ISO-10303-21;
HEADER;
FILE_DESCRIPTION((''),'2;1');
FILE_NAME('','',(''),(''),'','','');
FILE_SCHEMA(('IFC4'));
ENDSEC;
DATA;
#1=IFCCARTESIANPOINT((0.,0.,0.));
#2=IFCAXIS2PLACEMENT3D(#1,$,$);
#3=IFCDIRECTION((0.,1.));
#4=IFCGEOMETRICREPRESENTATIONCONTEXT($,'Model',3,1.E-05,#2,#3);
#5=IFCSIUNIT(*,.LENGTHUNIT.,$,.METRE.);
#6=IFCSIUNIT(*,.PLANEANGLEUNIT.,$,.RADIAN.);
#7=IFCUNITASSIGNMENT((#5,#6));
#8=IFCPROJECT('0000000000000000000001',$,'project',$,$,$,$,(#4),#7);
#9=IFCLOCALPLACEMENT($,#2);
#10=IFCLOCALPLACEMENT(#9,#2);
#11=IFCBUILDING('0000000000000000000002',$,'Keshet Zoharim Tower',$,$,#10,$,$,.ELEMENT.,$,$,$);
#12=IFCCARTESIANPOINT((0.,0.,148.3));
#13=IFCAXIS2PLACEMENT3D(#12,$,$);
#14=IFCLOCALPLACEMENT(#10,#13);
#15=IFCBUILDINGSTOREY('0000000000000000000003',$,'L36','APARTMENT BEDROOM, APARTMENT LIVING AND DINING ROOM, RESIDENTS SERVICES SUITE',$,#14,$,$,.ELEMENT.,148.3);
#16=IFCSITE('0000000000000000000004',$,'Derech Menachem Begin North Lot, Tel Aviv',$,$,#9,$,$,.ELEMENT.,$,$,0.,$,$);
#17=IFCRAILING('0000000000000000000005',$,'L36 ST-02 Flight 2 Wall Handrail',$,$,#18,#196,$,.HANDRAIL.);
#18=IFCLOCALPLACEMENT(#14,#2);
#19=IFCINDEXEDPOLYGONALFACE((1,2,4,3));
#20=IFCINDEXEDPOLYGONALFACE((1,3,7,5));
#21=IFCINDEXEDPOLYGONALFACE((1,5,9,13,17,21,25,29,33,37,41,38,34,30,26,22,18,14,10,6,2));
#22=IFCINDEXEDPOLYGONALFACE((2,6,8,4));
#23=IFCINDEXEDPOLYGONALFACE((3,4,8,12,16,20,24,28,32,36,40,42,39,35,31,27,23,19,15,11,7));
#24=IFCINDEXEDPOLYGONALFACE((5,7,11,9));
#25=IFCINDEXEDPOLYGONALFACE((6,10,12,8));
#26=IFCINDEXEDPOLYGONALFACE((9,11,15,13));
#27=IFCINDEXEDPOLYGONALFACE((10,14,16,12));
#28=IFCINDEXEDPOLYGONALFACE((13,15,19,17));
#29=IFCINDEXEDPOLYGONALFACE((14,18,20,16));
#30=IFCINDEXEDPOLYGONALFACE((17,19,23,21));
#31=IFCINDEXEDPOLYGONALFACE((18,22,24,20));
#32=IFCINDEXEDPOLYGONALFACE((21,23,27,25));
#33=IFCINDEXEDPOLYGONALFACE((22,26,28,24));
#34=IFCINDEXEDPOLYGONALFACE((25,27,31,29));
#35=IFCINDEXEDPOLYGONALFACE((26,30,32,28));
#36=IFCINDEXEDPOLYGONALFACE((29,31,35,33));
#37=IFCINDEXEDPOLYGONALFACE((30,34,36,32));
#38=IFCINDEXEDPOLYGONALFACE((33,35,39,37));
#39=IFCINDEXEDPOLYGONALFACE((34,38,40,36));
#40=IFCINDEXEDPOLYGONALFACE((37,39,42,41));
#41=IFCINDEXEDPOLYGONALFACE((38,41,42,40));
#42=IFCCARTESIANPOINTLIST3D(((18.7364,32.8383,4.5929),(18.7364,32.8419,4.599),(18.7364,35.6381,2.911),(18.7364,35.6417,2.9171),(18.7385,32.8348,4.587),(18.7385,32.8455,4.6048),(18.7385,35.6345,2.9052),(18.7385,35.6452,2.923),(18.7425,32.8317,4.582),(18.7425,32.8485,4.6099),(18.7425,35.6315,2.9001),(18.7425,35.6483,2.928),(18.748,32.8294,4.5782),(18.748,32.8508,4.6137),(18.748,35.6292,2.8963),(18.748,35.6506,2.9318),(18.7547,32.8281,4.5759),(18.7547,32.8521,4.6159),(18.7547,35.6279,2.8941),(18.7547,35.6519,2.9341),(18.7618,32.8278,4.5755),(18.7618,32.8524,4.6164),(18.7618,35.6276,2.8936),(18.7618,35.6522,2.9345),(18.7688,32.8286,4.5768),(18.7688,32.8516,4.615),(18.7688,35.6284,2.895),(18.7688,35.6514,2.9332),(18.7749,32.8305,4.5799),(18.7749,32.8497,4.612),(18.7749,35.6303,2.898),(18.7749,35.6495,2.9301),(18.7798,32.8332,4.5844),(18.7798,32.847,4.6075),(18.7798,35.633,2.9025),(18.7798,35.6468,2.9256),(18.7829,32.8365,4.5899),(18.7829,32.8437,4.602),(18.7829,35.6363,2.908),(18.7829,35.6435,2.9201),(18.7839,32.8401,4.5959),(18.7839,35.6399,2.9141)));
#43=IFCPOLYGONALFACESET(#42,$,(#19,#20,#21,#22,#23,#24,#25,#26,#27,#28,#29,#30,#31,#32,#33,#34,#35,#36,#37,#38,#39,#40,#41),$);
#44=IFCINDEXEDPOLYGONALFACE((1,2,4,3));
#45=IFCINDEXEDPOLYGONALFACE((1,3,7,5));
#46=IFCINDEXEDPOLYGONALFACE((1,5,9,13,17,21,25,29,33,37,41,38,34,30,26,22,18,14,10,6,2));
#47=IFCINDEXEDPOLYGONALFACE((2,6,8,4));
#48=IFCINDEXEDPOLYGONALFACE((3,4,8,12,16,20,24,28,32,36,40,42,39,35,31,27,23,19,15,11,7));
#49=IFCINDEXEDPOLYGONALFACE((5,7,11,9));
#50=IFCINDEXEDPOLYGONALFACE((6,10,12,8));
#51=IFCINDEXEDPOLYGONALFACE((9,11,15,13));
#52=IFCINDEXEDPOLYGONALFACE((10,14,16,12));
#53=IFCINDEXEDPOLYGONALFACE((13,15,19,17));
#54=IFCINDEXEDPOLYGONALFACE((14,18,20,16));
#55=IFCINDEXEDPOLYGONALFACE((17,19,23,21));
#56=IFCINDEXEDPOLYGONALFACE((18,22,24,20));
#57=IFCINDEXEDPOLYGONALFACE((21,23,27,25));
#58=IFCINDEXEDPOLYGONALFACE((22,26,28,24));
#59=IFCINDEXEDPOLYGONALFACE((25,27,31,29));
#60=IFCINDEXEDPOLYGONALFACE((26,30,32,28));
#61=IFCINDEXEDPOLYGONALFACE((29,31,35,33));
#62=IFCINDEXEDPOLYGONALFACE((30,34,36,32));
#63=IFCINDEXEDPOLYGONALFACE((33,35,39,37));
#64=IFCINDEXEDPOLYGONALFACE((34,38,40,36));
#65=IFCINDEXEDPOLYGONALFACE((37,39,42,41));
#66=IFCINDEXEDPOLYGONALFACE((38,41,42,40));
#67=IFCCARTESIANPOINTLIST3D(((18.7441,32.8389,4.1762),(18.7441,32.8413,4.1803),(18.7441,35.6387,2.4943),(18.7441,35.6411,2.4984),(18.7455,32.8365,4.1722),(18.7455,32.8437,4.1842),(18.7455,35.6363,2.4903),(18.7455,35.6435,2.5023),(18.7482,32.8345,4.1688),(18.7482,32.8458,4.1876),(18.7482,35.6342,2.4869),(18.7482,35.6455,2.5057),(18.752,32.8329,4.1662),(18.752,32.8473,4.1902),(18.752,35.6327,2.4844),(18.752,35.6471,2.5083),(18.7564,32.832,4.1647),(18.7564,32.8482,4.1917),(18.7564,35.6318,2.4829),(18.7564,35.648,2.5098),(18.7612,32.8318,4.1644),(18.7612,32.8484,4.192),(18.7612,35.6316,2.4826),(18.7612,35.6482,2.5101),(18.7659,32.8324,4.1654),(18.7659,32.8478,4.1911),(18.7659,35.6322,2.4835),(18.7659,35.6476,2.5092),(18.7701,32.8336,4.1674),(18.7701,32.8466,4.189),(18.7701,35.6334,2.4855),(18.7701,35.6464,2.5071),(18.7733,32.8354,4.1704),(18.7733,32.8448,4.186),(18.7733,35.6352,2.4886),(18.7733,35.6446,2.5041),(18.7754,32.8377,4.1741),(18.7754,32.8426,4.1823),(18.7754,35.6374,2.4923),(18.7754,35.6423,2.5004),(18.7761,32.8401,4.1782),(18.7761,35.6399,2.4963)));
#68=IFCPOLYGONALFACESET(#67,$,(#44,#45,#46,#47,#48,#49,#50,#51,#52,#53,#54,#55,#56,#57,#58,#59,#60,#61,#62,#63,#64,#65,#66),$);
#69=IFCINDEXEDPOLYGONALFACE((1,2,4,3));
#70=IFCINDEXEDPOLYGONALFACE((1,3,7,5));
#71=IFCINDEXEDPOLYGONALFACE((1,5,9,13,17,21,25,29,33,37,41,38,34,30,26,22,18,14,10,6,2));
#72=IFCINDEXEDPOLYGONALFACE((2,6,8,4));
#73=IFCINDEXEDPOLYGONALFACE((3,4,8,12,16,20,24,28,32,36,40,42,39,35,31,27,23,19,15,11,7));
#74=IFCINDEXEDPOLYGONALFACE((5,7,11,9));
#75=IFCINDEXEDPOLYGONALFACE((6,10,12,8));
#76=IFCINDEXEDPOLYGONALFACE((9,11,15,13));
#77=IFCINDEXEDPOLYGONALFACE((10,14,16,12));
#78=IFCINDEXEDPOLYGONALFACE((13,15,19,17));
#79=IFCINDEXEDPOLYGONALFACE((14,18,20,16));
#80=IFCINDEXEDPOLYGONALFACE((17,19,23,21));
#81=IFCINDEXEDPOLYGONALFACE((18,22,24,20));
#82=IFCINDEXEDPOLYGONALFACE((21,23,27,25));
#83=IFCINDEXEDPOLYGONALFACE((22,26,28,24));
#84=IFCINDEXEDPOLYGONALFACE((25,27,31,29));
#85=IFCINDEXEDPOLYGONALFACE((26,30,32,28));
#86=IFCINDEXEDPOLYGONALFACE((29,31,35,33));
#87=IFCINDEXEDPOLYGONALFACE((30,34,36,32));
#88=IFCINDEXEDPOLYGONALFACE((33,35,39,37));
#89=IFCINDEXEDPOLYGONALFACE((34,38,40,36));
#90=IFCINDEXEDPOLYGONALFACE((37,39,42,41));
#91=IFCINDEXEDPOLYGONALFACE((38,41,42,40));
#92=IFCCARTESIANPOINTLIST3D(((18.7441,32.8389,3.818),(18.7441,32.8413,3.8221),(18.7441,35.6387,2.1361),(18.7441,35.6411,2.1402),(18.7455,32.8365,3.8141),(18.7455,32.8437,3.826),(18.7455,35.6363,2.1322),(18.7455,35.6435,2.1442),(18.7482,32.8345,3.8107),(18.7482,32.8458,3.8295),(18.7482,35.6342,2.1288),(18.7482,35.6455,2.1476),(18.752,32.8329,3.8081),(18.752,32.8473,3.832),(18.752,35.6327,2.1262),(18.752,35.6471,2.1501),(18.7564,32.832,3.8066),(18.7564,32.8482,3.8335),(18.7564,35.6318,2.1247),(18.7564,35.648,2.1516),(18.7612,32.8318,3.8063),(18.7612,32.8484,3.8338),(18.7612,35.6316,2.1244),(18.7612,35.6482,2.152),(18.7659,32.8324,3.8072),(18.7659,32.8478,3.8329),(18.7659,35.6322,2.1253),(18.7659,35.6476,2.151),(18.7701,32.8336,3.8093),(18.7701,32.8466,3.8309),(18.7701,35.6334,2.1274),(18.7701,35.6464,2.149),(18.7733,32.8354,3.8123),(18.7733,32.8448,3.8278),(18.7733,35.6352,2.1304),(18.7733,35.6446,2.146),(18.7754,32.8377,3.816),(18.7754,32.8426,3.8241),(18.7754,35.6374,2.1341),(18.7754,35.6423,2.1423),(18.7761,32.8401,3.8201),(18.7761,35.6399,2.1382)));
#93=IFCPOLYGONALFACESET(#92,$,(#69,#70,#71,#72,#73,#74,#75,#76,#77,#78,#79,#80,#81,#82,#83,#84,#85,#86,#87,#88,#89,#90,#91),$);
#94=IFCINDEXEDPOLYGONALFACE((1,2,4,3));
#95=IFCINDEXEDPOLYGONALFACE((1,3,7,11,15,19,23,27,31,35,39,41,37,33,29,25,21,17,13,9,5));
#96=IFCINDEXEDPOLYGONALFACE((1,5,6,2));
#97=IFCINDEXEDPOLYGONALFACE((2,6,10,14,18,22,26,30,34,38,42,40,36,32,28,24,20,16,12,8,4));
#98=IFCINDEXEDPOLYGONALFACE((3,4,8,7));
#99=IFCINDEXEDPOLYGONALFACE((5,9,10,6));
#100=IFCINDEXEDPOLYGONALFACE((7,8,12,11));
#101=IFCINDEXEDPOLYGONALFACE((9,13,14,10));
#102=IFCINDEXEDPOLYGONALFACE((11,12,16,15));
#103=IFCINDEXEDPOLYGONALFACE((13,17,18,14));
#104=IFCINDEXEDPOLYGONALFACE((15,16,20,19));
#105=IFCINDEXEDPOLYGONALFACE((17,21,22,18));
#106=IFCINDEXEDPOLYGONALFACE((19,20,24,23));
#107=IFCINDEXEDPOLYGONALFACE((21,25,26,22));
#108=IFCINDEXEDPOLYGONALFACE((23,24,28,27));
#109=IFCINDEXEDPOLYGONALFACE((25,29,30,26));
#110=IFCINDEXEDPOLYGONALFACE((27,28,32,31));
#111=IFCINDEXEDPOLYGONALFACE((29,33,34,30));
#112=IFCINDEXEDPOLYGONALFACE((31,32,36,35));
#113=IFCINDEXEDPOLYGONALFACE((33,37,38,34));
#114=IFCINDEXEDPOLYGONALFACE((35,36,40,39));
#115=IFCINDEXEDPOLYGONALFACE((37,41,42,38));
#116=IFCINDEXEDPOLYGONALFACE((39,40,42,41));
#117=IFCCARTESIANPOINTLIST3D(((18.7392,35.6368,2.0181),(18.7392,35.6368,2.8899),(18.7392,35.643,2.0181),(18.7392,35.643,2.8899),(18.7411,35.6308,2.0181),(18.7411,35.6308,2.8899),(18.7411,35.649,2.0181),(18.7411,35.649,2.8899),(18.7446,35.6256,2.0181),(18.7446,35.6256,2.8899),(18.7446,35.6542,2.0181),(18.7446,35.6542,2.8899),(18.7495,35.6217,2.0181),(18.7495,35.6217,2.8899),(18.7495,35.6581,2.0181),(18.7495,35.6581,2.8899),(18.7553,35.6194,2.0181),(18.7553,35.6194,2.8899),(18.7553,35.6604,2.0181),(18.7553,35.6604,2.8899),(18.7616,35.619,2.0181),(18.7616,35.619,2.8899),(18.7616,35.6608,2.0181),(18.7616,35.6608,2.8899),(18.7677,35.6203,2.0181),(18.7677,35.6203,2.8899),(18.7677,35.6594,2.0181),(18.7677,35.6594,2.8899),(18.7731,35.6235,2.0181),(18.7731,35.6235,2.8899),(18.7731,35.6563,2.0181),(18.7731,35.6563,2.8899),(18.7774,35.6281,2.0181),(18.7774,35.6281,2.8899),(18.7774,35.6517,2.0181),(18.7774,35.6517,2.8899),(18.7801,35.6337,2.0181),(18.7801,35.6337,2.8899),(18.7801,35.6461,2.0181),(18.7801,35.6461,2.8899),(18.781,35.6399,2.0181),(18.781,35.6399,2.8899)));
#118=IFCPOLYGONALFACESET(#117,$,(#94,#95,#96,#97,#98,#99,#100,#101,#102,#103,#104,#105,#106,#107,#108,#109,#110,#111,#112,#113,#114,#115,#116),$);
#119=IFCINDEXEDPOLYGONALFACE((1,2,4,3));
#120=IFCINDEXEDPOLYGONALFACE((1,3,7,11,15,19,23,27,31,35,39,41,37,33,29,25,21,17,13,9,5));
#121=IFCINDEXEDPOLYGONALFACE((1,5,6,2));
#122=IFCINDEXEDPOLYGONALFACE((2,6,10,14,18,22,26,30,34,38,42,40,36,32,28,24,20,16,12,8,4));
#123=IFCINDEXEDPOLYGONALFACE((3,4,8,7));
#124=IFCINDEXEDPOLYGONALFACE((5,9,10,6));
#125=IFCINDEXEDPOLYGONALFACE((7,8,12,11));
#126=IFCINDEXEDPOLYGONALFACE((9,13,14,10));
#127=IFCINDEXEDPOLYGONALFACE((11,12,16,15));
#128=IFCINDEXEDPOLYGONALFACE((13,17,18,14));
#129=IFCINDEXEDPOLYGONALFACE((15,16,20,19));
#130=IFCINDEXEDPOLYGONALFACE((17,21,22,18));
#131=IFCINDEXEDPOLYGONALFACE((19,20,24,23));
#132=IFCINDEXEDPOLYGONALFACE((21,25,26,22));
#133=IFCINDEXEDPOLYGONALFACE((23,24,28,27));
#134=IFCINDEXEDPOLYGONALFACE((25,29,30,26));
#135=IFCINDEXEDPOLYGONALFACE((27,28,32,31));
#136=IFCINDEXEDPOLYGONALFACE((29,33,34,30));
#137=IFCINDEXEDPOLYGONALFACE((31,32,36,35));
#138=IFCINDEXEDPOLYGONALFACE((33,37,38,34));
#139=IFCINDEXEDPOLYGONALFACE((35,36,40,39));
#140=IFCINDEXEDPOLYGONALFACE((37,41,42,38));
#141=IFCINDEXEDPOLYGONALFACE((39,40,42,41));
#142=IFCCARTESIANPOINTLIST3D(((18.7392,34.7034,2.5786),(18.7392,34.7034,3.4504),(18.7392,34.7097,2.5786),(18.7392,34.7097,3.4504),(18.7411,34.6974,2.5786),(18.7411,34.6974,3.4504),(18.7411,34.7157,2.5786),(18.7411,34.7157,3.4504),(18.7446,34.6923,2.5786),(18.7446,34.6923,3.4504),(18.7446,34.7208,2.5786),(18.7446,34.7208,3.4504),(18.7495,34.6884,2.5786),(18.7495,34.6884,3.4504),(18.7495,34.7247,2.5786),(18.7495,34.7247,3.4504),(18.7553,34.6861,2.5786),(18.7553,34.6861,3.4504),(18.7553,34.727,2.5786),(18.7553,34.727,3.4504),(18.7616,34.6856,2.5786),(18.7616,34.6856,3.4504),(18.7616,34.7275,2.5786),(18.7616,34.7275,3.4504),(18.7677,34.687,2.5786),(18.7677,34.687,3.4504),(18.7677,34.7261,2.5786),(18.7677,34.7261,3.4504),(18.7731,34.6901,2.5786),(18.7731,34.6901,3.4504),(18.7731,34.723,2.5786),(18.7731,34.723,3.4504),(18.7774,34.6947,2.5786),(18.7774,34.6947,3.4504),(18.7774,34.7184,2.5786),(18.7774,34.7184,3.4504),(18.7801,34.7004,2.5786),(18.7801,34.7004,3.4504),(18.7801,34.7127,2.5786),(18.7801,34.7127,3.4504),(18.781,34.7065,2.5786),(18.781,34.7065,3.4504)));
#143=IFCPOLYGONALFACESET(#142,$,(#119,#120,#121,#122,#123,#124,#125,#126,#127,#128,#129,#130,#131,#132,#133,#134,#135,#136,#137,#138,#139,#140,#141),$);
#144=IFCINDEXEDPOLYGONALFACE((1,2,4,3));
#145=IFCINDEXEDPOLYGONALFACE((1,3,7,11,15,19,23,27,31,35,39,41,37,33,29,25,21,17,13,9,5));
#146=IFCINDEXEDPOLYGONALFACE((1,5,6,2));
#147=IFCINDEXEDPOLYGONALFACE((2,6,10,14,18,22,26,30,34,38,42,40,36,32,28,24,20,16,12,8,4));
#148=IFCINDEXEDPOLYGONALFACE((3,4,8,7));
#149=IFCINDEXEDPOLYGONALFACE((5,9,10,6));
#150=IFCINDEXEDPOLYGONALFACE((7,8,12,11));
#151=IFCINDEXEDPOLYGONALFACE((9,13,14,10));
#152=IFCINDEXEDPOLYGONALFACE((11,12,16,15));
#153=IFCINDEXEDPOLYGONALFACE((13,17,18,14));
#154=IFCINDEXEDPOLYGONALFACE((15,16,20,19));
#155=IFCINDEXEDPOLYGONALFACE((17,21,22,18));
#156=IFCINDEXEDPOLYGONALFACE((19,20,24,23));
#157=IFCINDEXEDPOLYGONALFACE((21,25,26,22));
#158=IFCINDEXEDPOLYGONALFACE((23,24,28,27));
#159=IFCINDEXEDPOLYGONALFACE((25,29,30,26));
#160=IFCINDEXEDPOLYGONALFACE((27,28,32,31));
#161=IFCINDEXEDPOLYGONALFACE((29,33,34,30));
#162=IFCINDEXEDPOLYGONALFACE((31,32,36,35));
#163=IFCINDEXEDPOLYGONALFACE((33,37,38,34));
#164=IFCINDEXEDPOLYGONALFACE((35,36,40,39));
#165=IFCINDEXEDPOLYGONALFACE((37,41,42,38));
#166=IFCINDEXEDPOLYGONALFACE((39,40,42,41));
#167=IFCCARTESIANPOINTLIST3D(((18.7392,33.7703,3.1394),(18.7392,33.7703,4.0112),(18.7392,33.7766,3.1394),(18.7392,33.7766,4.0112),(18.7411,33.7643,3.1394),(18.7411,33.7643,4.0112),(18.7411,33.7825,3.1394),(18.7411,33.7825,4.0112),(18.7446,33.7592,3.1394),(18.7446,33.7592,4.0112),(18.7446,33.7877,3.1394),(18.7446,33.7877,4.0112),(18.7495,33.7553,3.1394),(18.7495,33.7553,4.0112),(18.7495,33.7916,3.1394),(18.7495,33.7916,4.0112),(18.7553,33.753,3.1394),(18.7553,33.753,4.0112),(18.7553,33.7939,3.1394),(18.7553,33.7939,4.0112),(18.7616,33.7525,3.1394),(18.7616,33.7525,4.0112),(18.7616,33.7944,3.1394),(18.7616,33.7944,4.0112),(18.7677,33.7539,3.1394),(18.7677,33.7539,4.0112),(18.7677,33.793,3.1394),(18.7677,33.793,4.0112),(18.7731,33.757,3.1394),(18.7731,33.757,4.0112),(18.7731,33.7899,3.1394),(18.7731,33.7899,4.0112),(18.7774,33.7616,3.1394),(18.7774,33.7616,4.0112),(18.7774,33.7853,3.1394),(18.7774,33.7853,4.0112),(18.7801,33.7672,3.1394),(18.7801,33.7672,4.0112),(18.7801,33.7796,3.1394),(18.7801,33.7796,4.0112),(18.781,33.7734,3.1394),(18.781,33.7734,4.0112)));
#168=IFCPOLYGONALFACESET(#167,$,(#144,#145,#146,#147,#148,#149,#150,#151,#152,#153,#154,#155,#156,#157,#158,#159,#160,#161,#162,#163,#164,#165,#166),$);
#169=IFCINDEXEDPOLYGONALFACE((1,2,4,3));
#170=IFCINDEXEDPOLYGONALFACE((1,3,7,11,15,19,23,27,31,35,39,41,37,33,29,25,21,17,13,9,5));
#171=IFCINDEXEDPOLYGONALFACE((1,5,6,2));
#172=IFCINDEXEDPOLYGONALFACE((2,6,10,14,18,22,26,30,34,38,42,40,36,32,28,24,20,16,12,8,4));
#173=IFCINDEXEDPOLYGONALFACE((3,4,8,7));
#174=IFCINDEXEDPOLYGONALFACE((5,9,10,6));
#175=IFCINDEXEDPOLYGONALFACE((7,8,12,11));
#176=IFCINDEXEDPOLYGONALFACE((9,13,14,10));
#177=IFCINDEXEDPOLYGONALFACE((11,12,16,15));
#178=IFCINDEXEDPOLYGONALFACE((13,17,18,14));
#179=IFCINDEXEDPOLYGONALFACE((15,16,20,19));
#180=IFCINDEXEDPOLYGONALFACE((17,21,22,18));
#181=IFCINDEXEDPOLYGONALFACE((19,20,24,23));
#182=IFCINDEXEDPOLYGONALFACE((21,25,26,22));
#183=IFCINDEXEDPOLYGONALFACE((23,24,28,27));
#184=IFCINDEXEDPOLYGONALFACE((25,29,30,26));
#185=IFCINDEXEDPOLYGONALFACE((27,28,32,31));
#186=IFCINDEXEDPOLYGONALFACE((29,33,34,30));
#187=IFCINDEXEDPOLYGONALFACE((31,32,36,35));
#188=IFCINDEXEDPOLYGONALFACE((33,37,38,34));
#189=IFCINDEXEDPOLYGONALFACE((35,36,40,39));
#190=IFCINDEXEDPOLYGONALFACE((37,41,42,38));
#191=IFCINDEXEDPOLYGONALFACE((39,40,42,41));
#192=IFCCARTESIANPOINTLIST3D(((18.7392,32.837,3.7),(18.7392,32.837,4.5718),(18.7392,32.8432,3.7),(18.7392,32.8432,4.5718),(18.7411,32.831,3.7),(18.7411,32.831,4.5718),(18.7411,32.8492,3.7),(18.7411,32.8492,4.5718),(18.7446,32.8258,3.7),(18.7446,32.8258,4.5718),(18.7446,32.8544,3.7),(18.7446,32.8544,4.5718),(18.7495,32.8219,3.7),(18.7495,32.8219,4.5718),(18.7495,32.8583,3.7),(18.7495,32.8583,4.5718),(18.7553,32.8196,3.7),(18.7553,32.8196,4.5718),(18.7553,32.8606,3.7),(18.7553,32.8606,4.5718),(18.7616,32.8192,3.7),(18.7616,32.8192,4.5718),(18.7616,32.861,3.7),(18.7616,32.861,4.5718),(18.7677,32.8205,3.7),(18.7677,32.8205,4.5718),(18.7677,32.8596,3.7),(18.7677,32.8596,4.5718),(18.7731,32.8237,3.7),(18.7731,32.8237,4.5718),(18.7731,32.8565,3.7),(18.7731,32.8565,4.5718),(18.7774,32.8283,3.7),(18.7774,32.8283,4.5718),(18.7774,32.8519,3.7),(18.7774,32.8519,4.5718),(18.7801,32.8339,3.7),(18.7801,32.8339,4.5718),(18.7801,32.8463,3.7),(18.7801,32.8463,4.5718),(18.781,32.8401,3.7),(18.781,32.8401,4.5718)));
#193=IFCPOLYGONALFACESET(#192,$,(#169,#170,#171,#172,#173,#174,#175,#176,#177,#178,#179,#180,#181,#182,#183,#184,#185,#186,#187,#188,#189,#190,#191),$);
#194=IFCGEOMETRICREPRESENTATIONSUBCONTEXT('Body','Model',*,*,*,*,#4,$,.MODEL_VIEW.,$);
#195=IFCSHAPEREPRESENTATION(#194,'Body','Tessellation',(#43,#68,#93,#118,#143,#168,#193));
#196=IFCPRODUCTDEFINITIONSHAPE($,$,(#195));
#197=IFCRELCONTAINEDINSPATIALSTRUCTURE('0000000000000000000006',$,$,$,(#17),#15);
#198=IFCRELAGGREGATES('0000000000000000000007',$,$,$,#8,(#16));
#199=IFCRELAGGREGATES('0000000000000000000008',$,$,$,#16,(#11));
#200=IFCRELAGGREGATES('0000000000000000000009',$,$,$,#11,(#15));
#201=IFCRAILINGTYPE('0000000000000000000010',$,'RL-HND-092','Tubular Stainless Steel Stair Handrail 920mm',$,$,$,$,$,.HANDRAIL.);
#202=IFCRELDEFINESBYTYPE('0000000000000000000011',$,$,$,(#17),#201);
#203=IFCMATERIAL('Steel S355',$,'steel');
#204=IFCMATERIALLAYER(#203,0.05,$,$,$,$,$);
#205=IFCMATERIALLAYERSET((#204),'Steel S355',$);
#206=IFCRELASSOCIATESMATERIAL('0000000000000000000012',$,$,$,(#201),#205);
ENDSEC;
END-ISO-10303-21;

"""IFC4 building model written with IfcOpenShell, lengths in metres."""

from ifc_helpers import new_model, si_unit, direction, frame, origin, origin_2d, place, context, subcontext, project, spatial, circle, extrude, material, layer, layer_set, type_object, element, save


model = new_model("IFC4")

# Units and contexts
model_context = context("Model", 3, precision=1e-05, world=origin(), true_north=direction((0.0, 1.0)))
body_context = subcontext(model_context, "Body", "Model", "MODEL_VIEW")
ifc_project = project(units=[si_unit("LENGTHUNIT", "METRE"), si_unit("PLANEANGLEUNIT", "RADIAN")], contexts=[model_context])

# Site, building, storey
site_placement = place(None, origin())
site = spatial("IfcSite", under=ifc_project, at=site_placement, Name="Derech Menachem Begin North Lot, Tel Aviv", CompositionType="ELEMENT", RefElevation=0.0)
building_placement = place(site_placement, origin())
building = spatial("IfcBuilding", under=site, at=building_placement, Name="Keshet Zoharim Tower", CompositionType="ELEMENT")
storey_placement = place(building_placement, frame((0.0, 0.0, 148.3)))
storey = spatial("IfcBuildingStorey", under=building, at=storey_placement, Name="L36", Description="APARTMENT BEDROOM, APARTMENT LIVING AND DINING ROOM, RESIDENTS SERVICES SUITE", CompositionType="ELEMENT", Elevation=148.3)

# Shared definitions
ifc_material_1 = material(Name="Steel S355", Category="steel")

# Railing
ifc_layer_1 = layer(ifc_material_1, 0.05)
ifc_layer_set_1 = layer_set([ifc_layer_1], Name="Steel S355")
railing_type = type_object("IfcRailingType", Name="RL-HND-092", Description="Tubular Stainless Steel Stair Handrail 920mm", PredefinedType="HANDRAIL", material=ifc_layer_set_1)
railing_placement = place(storey_placement, frame((18.76, 35.6399, 2.0181)))
element("IfcRailing", 1, at=railing_placement, inside=storey, type_object=railing_type, Name="L36 ST-02 Flight 2 Wall Handrail", PredefinedType="HANDRAIL", context=body_context, shape_type="SweptSolid", body=[
    extrude(circle(Radius=0.0239, at=origin_2d()), frame((0.0, 0.0, 0.896), z_axis=(0.0, -0.857222, 0.514946), x_axis=(1.0, 0.0, 0.0)), (0.0, 0.0, 1.0), 3.2661),
    extrude(circle(Radius=0.0161, at=origin_2d()), frame((0.0, 0.0, 0.4783), z_axis=(0.0, -0.857222, 0.514946), x_axis=(1.0, 0.0, 0.0)), (0.0, 0.0, 1.0), 3.2661),
    extrude(circle(Radius=0.0161, at=origin_2d()), frame((0.0, 0.0, 0.1201), z_axis=(0.0, -0.857222, 0.514946), x_axis=(1.0, 0.0, 0.0)), (0.0, 0.0, 1.0), 3.2661),
    extrude(circle(Radius=0.021, at=origin_2d()), origin(), (0.0, 0.0, 1.0), 0.8718),
    extrude(circle(Radius=0.021, at=origin_2d()), frame((0.0, -0.9333, 0.5605)), (0.0, 0.0, 1.0), 0.8718),
    extrude(circle(Radius=0.021, at=origin_2d()), frame((0.0, -1.8665, 1.1213)), (0.0, 0.0, 1.0), 0.8718),
    extrude(circle(Radius=0.021, at=origin_2d()), frame((0.0, -2.7998, 1.6819)), (0.0, 0.0, 1.0), 0.8718),
])

save(model, "model.ifc")
